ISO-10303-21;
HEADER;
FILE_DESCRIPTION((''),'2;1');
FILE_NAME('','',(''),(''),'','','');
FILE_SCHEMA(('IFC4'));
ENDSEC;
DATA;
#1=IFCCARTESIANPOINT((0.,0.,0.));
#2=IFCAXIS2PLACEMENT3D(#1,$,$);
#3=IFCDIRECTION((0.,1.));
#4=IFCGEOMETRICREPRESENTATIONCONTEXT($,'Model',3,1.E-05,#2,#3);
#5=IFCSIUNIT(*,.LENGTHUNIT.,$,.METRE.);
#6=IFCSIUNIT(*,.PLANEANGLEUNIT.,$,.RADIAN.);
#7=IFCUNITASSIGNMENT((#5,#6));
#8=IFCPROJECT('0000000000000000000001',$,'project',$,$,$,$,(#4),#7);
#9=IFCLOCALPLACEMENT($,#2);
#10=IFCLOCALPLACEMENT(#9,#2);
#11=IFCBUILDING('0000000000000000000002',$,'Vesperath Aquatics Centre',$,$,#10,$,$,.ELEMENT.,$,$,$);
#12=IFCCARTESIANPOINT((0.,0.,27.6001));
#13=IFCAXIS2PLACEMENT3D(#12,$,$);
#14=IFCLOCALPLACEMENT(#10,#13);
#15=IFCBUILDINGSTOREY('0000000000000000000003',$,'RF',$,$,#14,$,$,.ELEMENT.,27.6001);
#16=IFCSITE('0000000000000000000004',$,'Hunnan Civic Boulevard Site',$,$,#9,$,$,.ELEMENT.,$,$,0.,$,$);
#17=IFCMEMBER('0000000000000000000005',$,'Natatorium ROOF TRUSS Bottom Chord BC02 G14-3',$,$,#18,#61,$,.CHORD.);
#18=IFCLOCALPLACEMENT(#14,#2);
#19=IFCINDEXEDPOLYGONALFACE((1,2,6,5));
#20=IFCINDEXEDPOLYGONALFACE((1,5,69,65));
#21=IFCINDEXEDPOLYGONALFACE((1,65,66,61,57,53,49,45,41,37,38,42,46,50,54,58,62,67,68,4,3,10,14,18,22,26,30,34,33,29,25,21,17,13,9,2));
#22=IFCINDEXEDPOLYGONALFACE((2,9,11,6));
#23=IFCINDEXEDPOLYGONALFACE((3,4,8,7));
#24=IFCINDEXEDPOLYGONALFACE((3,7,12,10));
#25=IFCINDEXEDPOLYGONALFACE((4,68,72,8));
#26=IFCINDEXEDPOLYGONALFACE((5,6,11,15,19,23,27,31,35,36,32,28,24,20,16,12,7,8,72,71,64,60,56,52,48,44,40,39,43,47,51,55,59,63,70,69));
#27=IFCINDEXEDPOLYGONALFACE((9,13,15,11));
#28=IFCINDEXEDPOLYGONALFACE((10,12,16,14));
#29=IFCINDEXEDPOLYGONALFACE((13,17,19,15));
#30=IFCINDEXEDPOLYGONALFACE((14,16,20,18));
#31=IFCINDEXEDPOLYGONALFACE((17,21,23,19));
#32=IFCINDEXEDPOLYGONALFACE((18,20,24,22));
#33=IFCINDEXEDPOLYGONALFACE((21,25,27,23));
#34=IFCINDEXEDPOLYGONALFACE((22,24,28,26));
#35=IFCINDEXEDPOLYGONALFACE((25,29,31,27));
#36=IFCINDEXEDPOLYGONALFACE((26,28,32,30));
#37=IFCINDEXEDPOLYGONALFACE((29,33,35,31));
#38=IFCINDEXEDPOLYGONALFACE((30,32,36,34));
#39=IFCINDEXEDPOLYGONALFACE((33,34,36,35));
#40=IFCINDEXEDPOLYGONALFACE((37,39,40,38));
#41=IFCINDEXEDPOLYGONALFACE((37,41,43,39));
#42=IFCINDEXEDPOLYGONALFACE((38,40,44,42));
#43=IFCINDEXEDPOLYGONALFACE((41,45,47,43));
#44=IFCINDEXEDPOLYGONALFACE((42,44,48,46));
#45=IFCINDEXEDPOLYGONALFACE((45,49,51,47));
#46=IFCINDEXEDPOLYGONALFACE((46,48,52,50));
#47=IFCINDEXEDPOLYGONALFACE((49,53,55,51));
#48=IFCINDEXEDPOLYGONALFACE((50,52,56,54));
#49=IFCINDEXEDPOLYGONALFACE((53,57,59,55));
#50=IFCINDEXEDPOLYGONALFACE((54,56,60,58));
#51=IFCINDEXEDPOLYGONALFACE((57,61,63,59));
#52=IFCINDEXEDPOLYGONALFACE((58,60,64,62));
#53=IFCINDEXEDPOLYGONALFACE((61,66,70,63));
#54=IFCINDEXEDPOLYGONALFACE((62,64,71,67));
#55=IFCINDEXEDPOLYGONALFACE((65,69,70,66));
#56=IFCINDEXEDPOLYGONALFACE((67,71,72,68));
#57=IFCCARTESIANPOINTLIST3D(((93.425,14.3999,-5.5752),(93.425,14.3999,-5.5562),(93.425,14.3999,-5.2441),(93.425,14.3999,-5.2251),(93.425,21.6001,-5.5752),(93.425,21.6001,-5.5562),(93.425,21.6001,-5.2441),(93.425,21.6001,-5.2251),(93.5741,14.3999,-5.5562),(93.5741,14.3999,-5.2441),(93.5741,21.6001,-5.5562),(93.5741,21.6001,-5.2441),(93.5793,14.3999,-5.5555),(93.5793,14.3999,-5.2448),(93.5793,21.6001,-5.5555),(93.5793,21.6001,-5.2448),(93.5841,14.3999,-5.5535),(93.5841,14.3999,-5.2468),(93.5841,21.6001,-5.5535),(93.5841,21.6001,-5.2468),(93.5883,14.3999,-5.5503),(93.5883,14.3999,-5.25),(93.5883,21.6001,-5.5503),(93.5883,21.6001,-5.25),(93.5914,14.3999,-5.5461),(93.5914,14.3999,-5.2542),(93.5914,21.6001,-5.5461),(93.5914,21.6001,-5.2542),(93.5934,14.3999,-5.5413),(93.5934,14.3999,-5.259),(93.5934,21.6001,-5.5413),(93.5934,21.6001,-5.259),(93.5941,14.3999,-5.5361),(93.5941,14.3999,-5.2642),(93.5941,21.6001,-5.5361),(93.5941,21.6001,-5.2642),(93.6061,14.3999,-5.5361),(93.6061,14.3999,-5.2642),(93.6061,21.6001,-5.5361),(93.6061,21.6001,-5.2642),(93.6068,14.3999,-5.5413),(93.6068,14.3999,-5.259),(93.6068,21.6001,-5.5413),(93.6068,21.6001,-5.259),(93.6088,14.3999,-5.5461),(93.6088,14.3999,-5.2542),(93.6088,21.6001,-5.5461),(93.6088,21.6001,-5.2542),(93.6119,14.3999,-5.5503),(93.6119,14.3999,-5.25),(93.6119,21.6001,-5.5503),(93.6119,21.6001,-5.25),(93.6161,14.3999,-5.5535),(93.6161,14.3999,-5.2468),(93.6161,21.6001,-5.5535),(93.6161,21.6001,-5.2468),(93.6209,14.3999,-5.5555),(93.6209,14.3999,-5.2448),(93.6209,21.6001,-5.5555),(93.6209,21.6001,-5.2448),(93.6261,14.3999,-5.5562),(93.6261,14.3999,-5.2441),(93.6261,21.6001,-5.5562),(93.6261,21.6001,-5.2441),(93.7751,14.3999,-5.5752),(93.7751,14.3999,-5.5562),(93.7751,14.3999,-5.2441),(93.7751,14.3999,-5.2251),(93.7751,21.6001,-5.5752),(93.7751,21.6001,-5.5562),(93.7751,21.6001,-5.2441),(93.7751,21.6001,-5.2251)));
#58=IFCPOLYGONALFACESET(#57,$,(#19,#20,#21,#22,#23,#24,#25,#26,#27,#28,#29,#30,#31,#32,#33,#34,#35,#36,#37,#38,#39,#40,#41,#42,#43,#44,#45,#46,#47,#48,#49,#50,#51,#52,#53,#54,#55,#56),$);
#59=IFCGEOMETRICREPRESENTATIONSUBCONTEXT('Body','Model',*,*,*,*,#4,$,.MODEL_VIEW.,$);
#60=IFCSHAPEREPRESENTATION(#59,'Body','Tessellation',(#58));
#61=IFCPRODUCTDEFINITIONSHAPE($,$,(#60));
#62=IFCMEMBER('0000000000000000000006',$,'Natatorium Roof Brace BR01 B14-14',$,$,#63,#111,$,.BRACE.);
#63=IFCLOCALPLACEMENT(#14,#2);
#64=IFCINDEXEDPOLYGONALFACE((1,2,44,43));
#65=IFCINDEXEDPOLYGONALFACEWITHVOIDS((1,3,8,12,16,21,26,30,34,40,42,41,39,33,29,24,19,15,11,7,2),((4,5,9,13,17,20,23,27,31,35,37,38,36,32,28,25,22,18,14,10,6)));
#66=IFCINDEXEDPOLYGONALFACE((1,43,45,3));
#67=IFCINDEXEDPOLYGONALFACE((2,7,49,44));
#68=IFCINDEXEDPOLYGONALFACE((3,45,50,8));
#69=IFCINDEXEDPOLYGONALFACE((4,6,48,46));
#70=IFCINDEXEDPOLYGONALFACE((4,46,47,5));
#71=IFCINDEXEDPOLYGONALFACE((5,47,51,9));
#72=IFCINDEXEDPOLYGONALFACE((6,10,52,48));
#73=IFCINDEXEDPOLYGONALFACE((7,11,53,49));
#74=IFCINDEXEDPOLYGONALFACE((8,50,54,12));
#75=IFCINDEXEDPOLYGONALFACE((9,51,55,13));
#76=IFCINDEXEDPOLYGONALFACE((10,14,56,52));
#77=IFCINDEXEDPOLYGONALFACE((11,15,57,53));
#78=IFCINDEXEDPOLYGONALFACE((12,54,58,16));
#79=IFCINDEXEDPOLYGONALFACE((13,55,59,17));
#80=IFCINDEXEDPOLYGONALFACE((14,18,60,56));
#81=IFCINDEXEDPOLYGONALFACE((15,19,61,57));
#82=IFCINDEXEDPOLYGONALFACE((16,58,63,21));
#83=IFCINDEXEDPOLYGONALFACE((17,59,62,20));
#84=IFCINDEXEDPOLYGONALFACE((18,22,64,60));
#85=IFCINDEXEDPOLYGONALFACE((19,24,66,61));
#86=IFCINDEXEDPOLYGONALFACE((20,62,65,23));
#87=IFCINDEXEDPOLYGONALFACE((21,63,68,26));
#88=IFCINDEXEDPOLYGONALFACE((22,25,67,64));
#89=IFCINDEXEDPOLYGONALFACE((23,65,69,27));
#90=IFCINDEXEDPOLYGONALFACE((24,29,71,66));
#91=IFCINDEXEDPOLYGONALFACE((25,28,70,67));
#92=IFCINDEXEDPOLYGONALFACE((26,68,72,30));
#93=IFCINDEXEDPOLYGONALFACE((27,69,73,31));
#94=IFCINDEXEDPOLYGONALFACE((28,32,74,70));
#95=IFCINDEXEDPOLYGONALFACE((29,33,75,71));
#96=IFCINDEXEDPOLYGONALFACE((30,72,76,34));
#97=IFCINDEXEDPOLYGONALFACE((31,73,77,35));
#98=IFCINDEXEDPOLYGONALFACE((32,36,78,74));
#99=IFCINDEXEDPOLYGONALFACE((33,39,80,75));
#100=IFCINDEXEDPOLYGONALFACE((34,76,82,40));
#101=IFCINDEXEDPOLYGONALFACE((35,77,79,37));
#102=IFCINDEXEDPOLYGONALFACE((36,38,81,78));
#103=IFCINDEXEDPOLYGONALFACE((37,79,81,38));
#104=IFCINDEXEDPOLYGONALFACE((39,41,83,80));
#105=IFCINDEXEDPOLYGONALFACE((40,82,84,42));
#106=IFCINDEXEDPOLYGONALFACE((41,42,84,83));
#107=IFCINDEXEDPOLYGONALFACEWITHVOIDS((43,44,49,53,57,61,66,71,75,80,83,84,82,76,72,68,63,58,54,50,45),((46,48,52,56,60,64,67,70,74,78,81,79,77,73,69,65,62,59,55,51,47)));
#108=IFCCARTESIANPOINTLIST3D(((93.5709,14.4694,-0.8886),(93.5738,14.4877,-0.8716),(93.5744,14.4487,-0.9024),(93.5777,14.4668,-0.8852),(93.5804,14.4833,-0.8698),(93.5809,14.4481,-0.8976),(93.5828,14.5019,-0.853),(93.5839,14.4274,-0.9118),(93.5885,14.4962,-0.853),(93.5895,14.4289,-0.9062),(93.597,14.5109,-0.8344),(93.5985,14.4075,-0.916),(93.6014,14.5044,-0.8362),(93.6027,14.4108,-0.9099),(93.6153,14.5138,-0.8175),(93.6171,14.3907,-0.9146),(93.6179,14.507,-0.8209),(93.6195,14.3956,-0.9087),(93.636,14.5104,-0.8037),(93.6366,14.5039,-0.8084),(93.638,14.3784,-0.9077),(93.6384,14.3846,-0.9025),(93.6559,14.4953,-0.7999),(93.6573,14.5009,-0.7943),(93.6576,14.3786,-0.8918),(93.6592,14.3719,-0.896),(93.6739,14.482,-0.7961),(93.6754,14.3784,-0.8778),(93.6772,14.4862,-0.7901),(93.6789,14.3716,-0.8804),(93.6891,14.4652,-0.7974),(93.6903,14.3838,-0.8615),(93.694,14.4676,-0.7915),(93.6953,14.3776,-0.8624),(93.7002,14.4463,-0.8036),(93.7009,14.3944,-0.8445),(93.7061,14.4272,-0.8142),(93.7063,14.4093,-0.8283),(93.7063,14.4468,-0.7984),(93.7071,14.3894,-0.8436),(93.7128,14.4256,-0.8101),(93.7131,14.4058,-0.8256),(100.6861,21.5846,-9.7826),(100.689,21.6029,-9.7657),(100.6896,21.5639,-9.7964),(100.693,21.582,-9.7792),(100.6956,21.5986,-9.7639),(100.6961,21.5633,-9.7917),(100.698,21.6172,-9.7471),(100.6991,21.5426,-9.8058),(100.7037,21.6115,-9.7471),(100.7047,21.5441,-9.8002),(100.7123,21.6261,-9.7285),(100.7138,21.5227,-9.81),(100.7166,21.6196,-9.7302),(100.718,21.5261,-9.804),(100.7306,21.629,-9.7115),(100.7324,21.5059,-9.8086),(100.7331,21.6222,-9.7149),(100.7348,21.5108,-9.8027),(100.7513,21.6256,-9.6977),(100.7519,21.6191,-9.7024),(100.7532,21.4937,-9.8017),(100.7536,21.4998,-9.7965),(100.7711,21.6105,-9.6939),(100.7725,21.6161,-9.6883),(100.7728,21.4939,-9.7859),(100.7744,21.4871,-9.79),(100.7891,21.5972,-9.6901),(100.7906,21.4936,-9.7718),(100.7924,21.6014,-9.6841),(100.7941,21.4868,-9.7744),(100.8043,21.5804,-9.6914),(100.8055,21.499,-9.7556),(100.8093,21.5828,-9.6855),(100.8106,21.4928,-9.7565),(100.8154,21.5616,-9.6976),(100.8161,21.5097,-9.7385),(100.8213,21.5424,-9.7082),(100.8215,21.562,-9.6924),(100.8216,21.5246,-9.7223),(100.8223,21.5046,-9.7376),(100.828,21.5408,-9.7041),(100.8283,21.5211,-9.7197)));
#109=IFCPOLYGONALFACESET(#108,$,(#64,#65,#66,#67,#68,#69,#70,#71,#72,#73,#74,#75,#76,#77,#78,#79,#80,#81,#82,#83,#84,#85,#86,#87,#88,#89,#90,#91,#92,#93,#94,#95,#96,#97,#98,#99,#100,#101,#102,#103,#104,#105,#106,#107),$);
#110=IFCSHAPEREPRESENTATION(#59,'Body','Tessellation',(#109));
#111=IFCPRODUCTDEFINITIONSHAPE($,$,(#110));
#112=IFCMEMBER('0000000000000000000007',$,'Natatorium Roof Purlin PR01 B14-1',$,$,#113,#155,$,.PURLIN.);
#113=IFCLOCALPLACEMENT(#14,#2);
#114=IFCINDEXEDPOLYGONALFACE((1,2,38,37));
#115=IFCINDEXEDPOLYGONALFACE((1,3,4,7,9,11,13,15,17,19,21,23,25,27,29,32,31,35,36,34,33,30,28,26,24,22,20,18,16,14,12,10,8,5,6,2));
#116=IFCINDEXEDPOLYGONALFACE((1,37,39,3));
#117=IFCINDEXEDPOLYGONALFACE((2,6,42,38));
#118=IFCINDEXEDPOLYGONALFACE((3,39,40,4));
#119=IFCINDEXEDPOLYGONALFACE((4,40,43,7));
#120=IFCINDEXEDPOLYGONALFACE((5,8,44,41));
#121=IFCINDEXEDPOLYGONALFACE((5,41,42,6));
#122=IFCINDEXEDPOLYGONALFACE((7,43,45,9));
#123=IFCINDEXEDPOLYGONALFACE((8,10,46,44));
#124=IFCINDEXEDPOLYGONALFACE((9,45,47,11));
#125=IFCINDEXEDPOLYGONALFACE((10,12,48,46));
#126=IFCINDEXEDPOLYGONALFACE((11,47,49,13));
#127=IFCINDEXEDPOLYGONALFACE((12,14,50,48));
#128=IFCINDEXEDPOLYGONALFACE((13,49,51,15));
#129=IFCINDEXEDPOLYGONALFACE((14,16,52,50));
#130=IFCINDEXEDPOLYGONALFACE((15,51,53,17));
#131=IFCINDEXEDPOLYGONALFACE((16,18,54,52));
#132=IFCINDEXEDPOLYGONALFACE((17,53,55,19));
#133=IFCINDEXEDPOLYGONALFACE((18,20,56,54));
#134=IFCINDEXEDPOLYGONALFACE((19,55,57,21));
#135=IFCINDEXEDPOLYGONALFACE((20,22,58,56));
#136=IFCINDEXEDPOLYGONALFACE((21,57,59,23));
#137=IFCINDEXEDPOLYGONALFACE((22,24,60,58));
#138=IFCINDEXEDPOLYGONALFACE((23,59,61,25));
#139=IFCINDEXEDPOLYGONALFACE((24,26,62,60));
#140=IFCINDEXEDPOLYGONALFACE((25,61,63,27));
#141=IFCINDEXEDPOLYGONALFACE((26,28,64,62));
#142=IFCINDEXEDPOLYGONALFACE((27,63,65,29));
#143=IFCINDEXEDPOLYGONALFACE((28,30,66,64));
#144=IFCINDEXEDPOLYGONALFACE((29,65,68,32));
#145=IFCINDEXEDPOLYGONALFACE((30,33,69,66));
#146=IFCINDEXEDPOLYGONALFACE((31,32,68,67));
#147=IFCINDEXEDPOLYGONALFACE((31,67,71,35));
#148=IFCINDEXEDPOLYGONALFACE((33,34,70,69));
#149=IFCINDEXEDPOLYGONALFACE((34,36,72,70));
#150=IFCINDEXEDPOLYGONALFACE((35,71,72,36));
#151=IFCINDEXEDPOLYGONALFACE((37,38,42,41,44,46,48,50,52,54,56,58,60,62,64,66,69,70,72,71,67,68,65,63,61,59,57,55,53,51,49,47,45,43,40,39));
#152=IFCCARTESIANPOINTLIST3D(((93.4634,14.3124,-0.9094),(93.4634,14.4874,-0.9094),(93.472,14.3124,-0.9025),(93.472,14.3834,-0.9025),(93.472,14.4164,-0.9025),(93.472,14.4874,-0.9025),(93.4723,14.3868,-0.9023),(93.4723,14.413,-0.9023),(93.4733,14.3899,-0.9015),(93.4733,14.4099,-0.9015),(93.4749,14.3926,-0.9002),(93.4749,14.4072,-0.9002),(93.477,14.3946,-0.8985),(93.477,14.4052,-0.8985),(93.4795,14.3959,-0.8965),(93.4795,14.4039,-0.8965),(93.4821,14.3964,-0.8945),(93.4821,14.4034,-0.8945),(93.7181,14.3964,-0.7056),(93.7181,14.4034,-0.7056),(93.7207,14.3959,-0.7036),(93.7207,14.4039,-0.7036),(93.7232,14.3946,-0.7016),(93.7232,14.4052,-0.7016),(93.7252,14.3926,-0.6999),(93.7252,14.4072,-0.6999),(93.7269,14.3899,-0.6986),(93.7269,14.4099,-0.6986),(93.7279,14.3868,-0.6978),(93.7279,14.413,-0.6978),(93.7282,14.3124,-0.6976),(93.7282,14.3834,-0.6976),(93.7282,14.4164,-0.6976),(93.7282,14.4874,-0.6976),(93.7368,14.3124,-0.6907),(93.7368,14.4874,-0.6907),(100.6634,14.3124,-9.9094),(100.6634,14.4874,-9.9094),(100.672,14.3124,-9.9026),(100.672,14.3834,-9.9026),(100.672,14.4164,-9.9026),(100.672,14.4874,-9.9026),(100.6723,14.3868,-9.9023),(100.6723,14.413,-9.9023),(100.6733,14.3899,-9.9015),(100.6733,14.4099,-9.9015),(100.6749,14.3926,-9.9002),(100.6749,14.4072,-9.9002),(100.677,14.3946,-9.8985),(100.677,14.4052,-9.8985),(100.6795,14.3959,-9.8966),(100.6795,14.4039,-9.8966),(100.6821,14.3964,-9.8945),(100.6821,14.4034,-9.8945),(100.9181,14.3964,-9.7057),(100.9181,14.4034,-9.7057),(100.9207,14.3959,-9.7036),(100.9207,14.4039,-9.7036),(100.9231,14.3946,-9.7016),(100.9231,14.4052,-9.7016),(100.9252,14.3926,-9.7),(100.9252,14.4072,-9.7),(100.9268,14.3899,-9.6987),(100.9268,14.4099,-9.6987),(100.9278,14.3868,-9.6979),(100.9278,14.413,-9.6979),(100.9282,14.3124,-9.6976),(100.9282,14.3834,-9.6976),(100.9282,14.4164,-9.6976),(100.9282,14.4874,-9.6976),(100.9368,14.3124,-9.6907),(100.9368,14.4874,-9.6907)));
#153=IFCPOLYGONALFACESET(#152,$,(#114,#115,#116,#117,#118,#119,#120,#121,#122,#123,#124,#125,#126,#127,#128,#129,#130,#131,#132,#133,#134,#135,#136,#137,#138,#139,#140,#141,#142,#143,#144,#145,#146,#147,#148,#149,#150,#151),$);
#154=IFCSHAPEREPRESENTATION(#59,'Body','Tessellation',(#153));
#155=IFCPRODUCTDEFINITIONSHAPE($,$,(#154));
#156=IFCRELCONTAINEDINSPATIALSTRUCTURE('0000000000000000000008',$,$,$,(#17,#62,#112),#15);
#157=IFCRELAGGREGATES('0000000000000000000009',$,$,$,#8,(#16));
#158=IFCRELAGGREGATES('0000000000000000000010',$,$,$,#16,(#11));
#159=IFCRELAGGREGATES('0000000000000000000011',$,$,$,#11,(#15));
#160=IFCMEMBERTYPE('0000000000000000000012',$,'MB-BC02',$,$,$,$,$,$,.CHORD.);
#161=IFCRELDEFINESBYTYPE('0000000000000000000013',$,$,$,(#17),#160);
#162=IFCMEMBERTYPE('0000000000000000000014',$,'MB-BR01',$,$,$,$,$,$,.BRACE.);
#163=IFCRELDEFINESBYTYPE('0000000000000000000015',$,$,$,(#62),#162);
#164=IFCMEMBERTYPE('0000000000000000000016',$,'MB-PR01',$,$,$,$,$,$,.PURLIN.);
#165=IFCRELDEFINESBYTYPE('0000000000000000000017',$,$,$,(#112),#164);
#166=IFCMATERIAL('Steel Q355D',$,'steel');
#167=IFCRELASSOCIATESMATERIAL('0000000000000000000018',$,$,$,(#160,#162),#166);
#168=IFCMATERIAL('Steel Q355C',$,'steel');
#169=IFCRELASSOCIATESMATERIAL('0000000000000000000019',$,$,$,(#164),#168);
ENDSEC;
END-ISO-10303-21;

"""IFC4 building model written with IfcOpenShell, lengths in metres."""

from ifc_helpers import new_model, si_unit, direction, frame, origin, origin_2d, place, context, subcontext, project, spatial, hollow_circle, i_section, extrude, material, material_profile, profile_set, type_object, element, save


model = new_model("IFC4")

# Units and contexts
model_context = context("Model", 3, precision=1e-05, world=origin(), true_north=direction((0.0, 1.0)))
body_context = subcontext(model_context, "Body", "Model", "MODEL_VIEW")
ifc_project = project(units=[si_unit("LENGTHUNIT", "METRE"), si_unit("PLANEANGLEUNIT", "RADIAN")], contexts=[model_context])

# Site, building, storey
site_placement = place(None, origin())
site = spatial("IfcSite", under=ifc_project, at=site_placement, Name="Hunnan Civic Boulevard Site", CompositionType="ELEMENT", RefElevation=0.0)
building_placement = place(site_placement, origin())
building = spatial("IfcBuilding", under=site, at=building_placement, Name="Vesperath Aquatics Centre", CompositionType="ELEMENT")
storey_placement = place(building_placement, frame((0.0, 0.0, 27.6001)))
storey = spatial("IfcBuildingStorey", under=building, at=storey_placement, Name="RF", CompositionType="ELEMENT", Elevation=27.6001)

# Shared definitions
ifc_material_1 = material(Name="Steel Q355D", Category="steel")

# Members
ifc_material_profile_1 = material_profile(ifc_material_1, i_section(OverallWidth=0.3501, OverallDepth=0.3501, WebThickness=0.012, FlangeThickness=0.019, FilletRadius=0.02, at=origin_2d()), Name="HW 350x350x12x19")
ifc_profile_set_1 = profile_set([ifc_material_profile_1], Name="Steel Q355D")
member_type_1 = type_object("IfcMemberType", Name="MB-BC02", PredefinedType="CHORD", material=ifc_profile_set_1)
member_1_placement = place(storey_placement, frame((93.6001, 14.3999, -5.4001), z_axis=(0.0, 1.0, 0.0), x_axis=(-1.0, 0.0, 0.0)))
element("IfcMember", 1, at=member_1_placement, inside=storey, type_object=member_type_1, Name="Natatorium ROOF TRUSS Bottom Chord BC02 G14-3", PredefinedType="CHORD", context=body_context, shape_type="SweptSolid", body=[
    extrude(i_section(OverallWidth=0.3501, OverallDepth=0.3501, WebThickness=0.012, FlangeThickness=0.019, FilletRadius=0.02, at=origin_2d()), origin(), (0.0, 0.0, 1.0), 7.2002),
])
ifc_material_profile_2 = material_profile(ifc_material_1, hollow_circle(Radius=0.0842, WallThickness=0.0081, at=origin_2d()), Name="CHS 168.3x8")
ifc_profile_set_2 = profile_set([ifc_material_profile_2], Name="Steel Q355D")
member_type_2 = type_object("IfcMemberType", Name="MB-BR01", PredefinedType="BRACE", material=ifc_profile_set_2)
member_2_placement = place(storey_placement, frame((93.6423, 14.4424, -0.853), z_axis=(0.529813, 0.529813, -0.662266), x_axis=(-0.707107, 0.707107, 0.0)))
element("IfcMember", 2, at=member_2_placement, inside=storey, type_object=member_type_2, Name="Natatorium Roof Brace BR01 B14-14", PredefinedType="BRACE", context=body_context, shape_type="SweptSolid", body=[
    extrude(hollow_circle(Radius=0.0842, WallThickness=0.0081, at=origin_2d()), origin(), (0.0, 0.0, 1.0), 13.4297),
])
ifc_material_2 = material(Name="Steel Q355C", Category="steel")
ifc_material_profile_3 = material_profile(ifc_material_2, i_section(OverallWidth=0.175, OverallDepth=0.3501, WebThickness=0.0071, FlangeThickness=0.011, FilletRadius=0.0129, at=origin_2d()), Name="HN 350x175x7x11")
ifc_profile_set_3 = profile_set([ifc_material_profile_3], Name="Steel Q355C")
member_type_3 = type_object("IfcMemberType", Name="MB-PR01", PredefinedType="PURLIN", material=ifc_profile_set_3)
member_3_placement = place(storey_placement, frame((93.6001, 14.3999, -0.8), z_axis=(0.624692, 0.0, -0.780871), x_axis=(0.0, 1.0, 0.0)))
element("IfcMember", 3, at=member_3_placement, inside=storey, type_object=member_type_3, Name="Natatorium Roof Purlin PR01 B14-1", PredefinedType="PURLIN", context=body_context, shape_type="SweptSolid", body=[
    extrude(i_section(OverallWidth=0.175, OverallDepth=0.3501, WebThickness=0.0071, FlangeThickness=0.011, FilletRadius=0.0129, at=origin_2d()), origin(), (0.0, 0.0, 1.0), 11.5256),
])

save(model, "model.ifc")
